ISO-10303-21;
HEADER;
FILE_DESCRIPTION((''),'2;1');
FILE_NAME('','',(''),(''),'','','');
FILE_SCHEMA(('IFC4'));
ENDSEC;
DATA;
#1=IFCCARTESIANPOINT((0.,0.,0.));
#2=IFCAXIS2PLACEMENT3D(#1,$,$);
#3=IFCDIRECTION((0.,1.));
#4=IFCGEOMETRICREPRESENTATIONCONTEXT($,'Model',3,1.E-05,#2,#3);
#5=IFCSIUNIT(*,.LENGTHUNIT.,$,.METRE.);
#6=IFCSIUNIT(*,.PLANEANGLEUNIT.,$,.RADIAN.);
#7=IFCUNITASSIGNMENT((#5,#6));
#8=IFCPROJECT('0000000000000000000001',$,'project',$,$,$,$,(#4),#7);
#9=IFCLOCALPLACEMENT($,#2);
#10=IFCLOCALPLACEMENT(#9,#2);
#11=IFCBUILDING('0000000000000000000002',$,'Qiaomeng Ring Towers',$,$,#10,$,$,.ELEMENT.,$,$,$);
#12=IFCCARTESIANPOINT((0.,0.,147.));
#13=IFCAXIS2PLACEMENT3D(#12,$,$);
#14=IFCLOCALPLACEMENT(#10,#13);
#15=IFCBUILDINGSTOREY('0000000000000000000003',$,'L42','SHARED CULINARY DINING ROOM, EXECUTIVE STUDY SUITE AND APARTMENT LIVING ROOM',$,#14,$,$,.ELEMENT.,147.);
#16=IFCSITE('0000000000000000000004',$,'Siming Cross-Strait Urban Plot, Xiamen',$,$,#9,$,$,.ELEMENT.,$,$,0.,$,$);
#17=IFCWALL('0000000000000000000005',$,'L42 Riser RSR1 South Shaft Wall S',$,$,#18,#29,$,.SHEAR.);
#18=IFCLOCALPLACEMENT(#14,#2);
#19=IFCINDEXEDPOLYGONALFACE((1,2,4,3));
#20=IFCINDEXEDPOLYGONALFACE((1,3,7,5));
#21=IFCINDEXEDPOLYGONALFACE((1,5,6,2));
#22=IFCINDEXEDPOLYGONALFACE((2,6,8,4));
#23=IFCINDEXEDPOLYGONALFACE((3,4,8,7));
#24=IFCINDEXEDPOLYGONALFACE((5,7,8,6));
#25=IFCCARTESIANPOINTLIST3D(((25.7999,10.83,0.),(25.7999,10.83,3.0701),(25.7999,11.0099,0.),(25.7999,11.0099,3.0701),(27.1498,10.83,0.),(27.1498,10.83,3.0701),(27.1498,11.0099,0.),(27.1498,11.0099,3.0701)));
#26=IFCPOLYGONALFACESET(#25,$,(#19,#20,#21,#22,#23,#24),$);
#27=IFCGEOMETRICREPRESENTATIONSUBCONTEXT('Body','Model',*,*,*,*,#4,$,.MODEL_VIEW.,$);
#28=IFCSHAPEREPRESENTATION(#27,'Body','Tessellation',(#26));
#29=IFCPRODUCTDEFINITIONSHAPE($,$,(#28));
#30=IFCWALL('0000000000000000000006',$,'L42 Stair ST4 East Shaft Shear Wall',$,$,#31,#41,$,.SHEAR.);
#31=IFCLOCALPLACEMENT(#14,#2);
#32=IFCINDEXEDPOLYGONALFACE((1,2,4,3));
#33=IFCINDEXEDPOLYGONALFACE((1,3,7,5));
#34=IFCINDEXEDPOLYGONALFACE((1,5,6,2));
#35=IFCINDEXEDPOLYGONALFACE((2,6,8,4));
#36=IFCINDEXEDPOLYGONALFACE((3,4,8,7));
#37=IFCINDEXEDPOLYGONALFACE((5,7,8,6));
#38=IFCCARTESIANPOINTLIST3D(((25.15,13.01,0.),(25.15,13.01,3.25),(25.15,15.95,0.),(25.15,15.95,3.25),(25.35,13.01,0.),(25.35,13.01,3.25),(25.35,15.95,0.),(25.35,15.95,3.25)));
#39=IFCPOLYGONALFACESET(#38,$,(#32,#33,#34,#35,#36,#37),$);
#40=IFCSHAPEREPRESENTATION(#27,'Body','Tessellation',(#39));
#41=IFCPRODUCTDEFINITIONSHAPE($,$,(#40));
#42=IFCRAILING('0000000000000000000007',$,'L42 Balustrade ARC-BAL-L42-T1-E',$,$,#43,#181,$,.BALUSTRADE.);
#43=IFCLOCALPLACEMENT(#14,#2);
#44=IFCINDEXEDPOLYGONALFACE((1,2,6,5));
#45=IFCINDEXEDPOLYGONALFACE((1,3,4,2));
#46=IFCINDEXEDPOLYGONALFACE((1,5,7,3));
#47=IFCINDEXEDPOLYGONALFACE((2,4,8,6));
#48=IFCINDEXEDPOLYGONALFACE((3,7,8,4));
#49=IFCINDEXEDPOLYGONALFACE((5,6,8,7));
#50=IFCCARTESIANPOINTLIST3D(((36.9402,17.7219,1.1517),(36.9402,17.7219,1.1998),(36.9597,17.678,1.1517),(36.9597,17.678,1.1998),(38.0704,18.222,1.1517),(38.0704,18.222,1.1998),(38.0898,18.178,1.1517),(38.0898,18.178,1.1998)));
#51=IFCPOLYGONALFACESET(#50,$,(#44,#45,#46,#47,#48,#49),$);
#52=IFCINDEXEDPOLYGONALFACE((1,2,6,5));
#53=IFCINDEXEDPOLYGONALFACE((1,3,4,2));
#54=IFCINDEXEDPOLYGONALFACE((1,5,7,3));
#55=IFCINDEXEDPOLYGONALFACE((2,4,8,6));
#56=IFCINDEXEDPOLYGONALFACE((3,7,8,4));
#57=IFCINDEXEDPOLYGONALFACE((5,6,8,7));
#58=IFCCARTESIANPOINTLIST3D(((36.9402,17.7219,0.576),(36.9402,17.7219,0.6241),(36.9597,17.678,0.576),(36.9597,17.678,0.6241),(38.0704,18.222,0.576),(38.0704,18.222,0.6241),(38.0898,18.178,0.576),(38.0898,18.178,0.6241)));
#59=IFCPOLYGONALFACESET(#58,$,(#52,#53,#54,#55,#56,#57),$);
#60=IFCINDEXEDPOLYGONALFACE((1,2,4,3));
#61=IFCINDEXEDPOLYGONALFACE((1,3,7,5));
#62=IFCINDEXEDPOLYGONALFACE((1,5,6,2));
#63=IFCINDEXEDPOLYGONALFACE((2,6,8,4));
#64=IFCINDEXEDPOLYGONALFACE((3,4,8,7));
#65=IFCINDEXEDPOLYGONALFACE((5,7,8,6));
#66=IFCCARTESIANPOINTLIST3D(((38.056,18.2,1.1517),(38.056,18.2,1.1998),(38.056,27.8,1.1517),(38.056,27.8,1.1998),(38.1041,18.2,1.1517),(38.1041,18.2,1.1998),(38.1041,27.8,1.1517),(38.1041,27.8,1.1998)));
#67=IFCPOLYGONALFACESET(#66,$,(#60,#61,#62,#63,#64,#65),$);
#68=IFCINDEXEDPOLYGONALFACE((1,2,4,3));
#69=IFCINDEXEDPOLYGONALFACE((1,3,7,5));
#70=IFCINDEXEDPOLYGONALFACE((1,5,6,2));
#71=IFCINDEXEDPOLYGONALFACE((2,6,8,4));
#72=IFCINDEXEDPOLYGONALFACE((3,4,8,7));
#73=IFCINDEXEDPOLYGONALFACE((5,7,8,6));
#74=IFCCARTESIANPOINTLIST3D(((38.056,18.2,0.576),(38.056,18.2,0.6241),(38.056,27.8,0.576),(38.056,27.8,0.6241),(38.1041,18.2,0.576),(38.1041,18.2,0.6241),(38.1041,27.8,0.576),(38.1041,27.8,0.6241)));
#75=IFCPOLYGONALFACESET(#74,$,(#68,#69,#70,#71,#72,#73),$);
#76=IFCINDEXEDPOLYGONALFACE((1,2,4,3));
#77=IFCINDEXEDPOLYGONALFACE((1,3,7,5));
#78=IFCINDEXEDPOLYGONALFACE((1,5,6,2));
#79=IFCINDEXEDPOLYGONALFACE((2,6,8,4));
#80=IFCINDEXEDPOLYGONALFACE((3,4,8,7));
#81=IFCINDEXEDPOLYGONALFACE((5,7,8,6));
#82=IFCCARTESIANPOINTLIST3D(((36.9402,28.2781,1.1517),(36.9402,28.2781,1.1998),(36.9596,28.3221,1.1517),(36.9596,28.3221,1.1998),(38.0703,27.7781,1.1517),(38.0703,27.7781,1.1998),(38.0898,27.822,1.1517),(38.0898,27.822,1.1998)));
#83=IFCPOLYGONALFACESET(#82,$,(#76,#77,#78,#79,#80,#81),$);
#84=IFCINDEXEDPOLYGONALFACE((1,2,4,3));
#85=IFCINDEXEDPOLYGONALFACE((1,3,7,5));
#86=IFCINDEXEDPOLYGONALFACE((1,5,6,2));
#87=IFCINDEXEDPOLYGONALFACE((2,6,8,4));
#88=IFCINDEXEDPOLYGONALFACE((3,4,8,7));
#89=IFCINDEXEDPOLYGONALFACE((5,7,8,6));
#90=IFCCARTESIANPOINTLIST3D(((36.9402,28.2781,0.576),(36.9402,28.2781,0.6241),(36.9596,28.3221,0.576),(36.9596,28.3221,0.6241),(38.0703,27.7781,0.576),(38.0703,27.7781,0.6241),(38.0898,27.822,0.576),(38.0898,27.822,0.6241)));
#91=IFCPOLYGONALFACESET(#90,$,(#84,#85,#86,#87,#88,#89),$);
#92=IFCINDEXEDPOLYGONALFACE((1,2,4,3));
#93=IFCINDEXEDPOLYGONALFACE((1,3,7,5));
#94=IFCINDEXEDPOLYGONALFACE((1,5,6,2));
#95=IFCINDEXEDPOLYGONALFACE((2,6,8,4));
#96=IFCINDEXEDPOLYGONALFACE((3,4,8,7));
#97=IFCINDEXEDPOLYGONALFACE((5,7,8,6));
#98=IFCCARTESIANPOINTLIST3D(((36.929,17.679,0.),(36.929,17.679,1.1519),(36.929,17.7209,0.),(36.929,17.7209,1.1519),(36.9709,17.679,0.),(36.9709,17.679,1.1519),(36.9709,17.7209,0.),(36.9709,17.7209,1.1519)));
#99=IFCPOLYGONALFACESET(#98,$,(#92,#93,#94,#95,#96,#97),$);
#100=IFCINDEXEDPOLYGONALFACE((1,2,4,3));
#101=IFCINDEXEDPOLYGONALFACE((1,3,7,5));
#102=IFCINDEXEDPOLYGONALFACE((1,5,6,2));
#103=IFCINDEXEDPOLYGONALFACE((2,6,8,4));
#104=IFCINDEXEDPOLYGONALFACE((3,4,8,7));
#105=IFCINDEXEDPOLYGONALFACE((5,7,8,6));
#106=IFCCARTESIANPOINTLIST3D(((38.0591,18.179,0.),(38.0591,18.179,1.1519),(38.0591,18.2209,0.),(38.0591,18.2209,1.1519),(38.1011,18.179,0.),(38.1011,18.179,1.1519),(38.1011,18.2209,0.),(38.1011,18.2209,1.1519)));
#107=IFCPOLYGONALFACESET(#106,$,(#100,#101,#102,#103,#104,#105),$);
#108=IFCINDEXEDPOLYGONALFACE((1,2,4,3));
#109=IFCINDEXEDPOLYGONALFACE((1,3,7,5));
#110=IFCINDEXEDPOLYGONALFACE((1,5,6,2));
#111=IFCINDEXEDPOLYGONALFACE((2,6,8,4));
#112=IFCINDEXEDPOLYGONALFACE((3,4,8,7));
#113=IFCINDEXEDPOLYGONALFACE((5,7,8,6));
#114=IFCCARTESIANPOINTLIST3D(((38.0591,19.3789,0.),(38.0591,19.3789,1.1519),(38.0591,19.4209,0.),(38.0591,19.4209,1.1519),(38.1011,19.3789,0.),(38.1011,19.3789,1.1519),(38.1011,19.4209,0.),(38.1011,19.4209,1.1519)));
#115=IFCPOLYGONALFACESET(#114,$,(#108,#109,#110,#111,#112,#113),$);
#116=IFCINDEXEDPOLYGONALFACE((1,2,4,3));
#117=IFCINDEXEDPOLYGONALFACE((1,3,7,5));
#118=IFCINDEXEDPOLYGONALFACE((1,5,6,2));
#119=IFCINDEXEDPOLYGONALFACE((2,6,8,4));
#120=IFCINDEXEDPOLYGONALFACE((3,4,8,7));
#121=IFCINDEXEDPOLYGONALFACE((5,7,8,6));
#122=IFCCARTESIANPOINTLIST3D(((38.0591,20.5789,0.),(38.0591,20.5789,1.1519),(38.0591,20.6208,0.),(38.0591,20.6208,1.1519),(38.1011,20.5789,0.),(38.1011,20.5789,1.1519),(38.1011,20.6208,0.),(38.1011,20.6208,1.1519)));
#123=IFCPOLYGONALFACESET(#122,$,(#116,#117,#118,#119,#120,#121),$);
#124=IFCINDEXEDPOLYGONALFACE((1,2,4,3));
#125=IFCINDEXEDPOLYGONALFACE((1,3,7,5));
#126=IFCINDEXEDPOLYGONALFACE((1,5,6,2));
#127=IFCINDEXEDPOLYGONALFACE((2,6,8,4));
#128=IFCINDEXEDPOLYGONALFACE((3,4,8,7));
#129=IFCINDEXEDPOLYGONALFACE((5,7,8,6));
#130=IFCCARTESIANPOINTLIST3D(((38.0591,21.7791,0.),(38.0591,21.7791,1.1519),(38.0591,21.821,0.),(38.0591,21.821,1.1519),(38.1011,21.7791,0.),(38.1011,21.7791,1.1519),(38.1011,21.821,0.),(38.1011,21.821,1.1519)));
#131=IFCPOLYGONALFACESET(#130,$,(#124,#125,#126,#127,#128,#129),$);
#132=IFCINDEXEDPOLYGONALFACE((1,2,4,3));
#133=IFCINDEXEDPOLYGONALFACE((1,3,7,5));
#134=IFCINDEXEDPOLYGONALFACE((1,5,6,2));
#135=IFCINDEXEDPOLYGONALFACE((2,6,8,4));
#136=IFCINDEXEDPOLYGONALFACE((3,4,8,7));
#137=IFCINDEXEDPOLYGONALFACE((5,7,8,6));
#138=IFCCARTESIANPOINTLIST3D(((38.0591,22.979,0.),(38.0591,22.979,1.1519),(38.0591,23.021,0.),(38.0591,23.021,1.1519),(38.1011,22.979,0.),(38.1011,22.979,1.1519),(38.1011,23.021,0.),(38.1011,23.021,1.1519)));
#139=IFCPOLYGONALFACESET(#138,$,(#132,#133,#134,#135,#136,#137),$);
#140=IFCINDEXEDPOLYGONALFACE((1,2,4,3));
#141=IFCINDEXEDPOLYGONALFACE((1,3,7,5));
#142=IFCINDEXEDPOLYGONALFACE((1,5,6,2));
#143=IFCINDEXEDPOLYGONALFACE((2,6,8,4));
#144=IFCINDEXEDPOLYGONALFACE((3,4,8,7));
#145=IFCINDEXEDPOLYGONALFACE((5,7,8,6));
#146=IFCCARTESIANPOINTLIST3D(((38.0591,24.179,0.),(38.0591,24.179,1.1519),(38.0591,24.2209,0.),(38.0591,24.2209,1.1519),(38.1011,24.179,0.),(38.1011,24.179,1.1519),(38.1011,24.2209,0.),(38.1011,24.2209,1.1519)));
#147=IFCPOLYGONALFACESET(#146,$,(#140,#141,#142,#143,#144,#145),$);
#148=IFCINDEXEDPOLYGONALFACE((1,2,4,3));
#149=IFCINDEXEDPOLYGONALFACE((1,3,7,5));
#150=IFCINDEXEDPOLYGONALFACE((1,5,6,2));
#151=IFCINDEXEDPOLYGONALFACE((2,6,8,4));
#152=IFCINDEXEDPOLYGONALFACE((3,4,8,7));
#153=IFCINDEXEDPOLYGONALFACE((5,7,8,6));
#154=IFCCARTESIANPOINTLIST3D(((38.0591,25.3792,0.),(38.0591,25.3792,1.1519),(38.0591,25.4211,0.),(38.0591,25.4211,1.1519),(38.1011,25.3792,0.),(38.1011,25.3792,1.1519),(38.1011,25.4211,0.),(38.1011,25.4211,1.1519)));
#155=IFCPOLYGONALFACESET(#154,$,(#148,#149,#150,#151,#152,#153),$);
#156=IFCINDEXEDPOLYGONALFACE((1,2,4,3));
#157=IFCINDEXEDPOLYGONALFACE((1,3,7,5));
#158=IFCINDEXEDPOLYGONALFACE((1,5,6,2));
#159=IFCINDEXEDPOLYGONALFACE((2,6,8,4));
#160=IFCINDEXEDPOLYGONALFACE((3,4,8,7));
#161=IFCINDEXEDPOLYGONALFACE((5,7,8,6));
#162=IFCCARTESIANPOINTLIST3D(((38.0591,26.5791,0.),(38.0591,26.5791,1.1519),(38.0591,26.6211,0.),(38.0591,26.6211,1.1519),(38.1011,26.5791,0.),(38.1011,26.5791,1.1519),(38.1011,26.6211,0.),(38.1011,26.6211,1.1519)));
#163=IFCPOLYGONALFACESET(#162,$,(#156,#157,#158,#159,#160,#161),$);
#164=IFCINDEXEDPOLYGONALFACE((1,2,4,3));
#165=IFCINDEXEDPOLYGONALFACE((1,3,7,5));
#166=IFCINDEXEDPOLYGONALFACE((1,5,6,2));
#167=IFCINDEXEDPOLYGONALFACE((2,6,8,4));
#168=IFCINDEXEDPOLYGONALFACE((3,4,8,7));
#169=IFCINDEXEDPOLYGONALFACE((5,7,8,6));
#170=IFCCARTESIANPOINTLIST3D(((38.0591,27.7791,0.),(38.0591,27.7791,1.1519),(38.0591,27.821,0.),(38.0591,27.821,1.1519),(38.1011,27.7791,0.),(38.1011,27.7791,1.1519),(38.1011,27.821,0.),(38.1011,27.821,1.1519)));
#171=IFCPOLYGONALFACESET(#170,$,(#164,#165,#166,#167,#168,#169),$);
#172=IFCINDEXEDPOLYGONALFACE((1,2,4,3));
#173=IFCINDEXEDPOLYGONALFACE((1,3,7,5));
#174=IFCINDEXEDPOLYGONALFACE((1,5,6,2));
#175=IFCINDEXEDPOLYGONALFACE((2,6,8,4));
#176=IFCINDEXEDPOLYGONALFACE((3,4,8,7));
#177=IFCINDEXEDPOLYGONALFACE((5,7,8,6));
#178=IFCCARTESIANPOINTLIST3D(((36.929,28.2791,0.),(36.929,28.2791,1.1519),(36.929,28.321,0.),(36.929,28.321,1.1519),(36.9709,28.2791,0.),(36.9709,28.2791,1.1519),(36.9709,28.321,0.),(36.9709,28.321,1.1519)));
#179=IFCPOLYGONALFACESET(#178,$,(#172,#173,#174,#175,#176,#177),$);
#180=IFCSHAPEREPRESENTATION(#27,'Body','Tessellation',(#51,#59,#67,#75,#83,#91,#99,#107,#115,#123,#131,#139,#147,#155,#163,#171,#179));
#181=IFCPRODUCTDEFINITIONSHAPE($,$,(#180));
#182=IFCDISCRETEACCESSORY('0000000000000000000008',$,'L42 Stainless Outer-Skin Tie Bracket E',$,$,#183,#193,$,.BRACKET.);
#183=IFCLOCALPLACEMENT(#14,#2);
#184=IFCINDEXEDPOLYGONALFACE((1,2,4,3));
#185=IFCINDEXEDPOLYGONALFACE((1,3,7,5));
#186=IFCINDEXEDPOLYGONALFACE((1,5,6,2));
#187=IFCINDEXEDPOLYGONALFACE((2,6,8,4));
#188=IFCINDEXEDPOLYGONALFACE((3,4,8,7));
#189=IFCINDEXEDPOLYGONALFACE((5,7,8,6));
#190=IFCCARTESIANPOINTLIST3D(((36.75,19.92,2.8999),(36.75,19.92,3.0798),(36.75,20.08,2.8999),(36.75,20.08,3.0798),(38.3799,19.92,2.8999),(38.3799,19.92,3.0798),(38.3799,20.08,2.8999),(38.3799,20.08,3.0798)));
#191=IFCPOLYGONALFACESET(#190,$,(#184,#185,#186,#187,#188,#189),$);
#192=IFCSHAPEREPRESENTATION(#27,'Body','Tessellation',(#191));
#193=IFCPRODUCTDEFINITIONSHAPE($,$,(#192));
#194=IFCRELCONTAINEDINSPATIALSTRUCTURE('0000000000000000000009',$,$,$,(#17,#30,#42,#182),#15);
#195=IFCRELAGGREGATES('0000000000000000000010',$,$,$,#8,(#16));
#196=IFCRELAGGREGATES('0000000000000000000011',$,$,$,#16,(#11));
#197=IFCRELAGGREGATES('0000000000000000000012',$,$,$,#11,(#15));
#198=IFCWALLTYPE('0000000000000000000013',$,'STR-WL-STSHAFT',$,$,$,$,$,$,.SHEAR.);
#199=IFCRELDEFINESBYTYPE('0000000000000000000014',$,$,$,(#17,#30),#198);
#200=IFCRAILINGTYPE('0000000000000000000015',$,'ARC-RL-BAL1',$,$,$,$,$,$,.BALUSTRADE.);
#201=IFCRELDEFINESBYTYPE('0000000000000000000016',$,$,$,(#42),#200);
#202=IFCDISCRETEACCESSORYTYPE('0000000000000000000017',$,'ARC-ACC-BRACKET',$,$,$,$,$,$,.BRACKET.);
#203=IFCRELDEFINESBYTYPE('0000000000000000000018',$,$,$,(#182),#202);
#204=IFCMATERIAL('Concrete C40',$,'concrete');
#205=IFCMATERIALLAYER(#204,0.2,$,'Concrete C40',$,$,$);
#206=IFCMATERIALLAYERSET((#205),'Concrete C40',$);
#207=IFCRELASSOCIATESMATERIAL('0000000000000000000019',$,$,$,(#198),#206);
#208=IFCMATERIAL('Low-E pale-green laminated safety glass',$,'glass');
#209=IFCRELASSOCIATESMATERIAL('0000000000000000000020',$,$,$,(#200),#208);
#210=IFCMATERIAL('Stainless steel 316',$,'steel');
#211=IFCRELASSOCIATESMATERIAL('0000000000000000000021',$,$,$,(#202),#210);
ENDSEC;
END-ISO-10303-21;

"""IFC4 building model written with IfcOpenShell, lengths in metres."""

from ifc_helpers import new_model, si_unit, direction, frame, frame_2d, origin, origin_2d, place, context, subcontext, project, spatial, rectangle, extrude, source, transform, mapped, material, layer, layer_set, type_object, element, save


model = new_model("IFC4")

# Units and contexts
model_context = context("Model", 3, precision=1e-05, world=origin(), true_north=direction((0.0, 1.0)))
body_context = subcontext(model_context, "Body", "Model", "MODEL_VIEW")
ifc_project = project(units=[si_unit("LENGTHUNIT", "METRE"), si_unit("PLANEANGLEUNIT", "RADIAN")], contexts=[model_context])

# Site, building, storey
site_placement = place(None, origin())
site = spatial("IfcSite", under=ifc_project, at=site_placement, Name="Siming Cross-Strait Urban Plot, Xiamen", CompositionType="ELEMENT", RefElevation=0.0)
building_placement = place(site_placement, origin())
building = spatial("IfcBuilding", under=site, at=building_placement, Name="Qiaomeng Ring Towers", CompositionType="ELEMENT")
storey_placement = place(building_placement, frame((0.0, 0.0, 147.0)))
storey = spatial("IfcBuildingStorey", under=building, at=storey_placement, Name="L42", Description="SHARED CULINARY DINING ROOM, EXECUTIVE STUDY SUITE AND APARTMENT LIVING ROOM", CompositionType="ELEMENT", Elevation=147.0)

# Shared definitions
ifc_material_1 = material(Name="Stainless steel 316", Category="steel")

# Walls
ifc_material_2 = material(Name="Concrete C40", Category="concrete")
ifc_layer_1 = layer(ifc_material_2, 0.2, Name="Concrete C40")
ifc_layer_set_1 = layer_set([ifc_layer_1], Name="Concrete C40")
wall_type_1 = type_object("IfcWallType", Name="STR-WL-STSHAFT", PredefinedType="SHEAR", material=ifc_layer_set_1)
for number, where, z_axis, x_axis, name in (
    (1, (25.8, 10.9199, 0.0), (0.0, 0.0, 1.0), (1.0, 0.0, 0.0), "L42 Riser RSR1 South Shaft Wall S"),
):
    element("IfcWall", number, at=place(storey_placement, frame(where, z_axis=z_axis, x_axis=x_axis)), inside=storey, type_object=wall_type_1, Name=name, PredefinedType="SHEAR", context=body_context, shape_type="SweptSolid", body=[
        extrude(rectangle(XDim=1.3499, YDim=0.1799, at=frame_2d((0.6748, 0.0))), origin(), (0.0, 0.0, 1.0), 3.0701),
    ])
wall_1_placement = place(storey_placement, frame((25.25, 13.01, 0.0), z_axis=(0.0, 0.0, 1.0), x_axis=(0.0, 1.0, 0.0)))
element("IfcWall", 2, at=wall_1_placement, inside=storey, type_object=wall_type_1, Name="L42 Stair ST4 East Shaft Shear Wall", PredefinedType="SHEAR", context=body_context, shape_type="SweptSolid", body=[
    extrude(rectangle(XDim=2.9399, YDim=0.2, at=frame_2d((1.47, 0.0))), origin(), (0.0, 0.0, 1.0), 3.25),
])

# Railing
ifc_material_3 = material(Name="Low-E pale-green laminated safety glass", Category="glass")
railing_type = type_object("IfcRailingType", Name="ARC-RL-BAL1", PredefinedType="BALUSTRADE", material=ifc_material_3)
railing_placement = place(storey_placement, frame((36.95, 17.7, 0.0)))
element("IfcRailing", 3, at=railing_placement, inside=storey, type_object=railing_type, Name="L42 Balustrade ARC-BAL-L42-T1-E", PredefinedType="BALUSTRADE", context=body_context, shape_type="SweptSolid", body=[
    extrude(rectangle(XDim=0.0481, YDim=0.0481, at=origin_2d()), frame((0.0, 0.0, 1.1758), z_axis=(0.914495, 0.404598, 0.0), x_axis=(-0.404598, 0.914495, 0.0)), (0.0, 0.0, 1.0), 1.2358),
    extrude(rectangle(XDim=0.0481, YDim=0.0481, at=origin_2d()), frame((0.0, 0.0, 0.6001), z_axis=(0.914495, 0.404598, 0.0), x_axis=(-0.404598, 0.914495, 0.0)), (0.0, 0.0, 1.0), 1.2358),
    extrude(rectangle(XDim=0.0481, YDim=0.0481, at=origin_2d()), frame((1.1301, 0.5, 1.1758), z_axis=(0.0, 1.0, 0.0), x_axis=(-1.0, 0.0, 0.0)), (0.0, 0.0, 1.0), 9.6001),
    extrude(rectangle(XDim=0.0481, YDim=0.0481, at=origin_2d()), frame((1.1301, 0.5, 0.6001), z_axis=(0.0, 1.0, 0.0), x_axis=(-1.0, 0.0, 0.0)), (0.0, 0.0, 1.0), 9.6001),
    extrude(rectangle(XDim=0.0481, YDim=0.0481, at=origin_2d()), frame((1.1301, 10.1001, 1.1758), z_axis=(-0.914495, 0.404598, 0.0), x_axis=(-0.404598, -0.914495, 0.0)), (0.0, 0.0, 1.0), 1.2358),
    extrude(rectangle(XDim=0.0481, YDim=0.0481, at=origin_2d()), frame((1.1301, 10.1001, 0.6001), z_axis=(-0.914495, 0.404598, 0.0), x_axis=(-0.404598, -0.914495, 0.0)), (0.0, 0.0, 1.0), 1.2358),
    extrude(rectangle(XDim=0.042, YDim=0.042, at=origin_2d()), origin(), (0.0, 0.0, 1.0), 1.1519),
    extrude(rectangle(XDim=0.042, YDim=0.042, at=origin_2d()), frame((1.1301, 0.5, 0.0)), (0.0, 0.0, 1.0), 1.1519),
    extrude(rectangle(XDim=0.042, YDim=0.042, at=origin_2d()), frame((1.1301, 1.7, 0.0)), (0.0, 0.0, 1.0), 1.1519),
    extrude(rectangle(XDim=0.042, YDim=0.042, at=origin_2d()), frame((1.1301, 2.8999, 0.0)), (0.0, 0.0, 1.0), 1.1519),
    extrude(rectangle(XDim=0.042, YDim=0.042, at=origin_2d()), frame((1.1301, 4.1001, 0.0)), (0.0, 0.0, 1.0), 1.1519),
    extrude(rectangle(XDim=0.042, YDim=0.042, at=origin_2d()), frame((1.1301, 5.3, 0.0)), (0.0, 0.0, 1.0), 1.1519),
    extrude(rectangle(XDim=0.042, YDim=0.042, at=origin_2d()), frame((1.1301, 6.5, 0.0)), (0.0, 0.0, 1.0), 1.1519),
    extrude(rectangle(XDim=0.042, YDim=0.042, at=origin_2d()), frame((1.1301, 7.7002, 0.0)), (0.0, 0.0, 1.0), 1.1519),
    extrude(rectangle(XDim=0.042, YDim=0.042, at=origin_2d()), frame((1.1301, 8.9001, 0.0)), (0.0, 0.0, 1.0), 1.1519),
    extrude(rectangle(XDim=0.042, YDim=0.042, at=origin_2d()), frame((1.1301, 10.1001, 0.0)), (0.0, 0.0, 1.0), 1.1519),
    extrude(rectangle(XDim=0.042, YDim=0.042, at=origin_2d()), frame((0.0, 10.6001, 0.0)), (0.0, 0.0, 1.0), 1.1519),
])

# Discrete accessory
discrete_accessory_type = type_object("IfcDiscreteAccessoryType", Name="ARC-ACC-BRACKET", PredefinedType="BRACKET", material=ifc_material_1)
shared_shape_1 = source(origin(), body_context, "Body", "SweptSolid", [
    extrude(rectangle(XDim=1.6299, YDim=0.1599, at=origin_2d()), origin(), (0.0, 0.0, 1.0), 0.1799),
])
discrete_accessory_placement = place(storey_placement, frame((37.5649, 20.0, 2.8999), z_axis=(0.0, 0.0, 1.0), x_axis=(1.0, 0.0, 0.0)))
element("IfcDiscreteAccessory", 4, at=discrete_accessory_placement, inside=storey, type_object=discrete_accessory_type, Name="L42 Stainless Outer-Skin Tie Bracket E", PredefinedType="BRACKET", context=body_context, shape_type="MappedRepresentation", body=[
    mapped(shared_shape_1, transform((0.0, 0.0, 0.0), x_axis=(1.0, 0.0, 0.0), y_axis=(0.0, 1.0, 0.0), z_axis=(0.0, 0.0, 1.0), scale=1.0)),
])

save(model, "model.ifc")
